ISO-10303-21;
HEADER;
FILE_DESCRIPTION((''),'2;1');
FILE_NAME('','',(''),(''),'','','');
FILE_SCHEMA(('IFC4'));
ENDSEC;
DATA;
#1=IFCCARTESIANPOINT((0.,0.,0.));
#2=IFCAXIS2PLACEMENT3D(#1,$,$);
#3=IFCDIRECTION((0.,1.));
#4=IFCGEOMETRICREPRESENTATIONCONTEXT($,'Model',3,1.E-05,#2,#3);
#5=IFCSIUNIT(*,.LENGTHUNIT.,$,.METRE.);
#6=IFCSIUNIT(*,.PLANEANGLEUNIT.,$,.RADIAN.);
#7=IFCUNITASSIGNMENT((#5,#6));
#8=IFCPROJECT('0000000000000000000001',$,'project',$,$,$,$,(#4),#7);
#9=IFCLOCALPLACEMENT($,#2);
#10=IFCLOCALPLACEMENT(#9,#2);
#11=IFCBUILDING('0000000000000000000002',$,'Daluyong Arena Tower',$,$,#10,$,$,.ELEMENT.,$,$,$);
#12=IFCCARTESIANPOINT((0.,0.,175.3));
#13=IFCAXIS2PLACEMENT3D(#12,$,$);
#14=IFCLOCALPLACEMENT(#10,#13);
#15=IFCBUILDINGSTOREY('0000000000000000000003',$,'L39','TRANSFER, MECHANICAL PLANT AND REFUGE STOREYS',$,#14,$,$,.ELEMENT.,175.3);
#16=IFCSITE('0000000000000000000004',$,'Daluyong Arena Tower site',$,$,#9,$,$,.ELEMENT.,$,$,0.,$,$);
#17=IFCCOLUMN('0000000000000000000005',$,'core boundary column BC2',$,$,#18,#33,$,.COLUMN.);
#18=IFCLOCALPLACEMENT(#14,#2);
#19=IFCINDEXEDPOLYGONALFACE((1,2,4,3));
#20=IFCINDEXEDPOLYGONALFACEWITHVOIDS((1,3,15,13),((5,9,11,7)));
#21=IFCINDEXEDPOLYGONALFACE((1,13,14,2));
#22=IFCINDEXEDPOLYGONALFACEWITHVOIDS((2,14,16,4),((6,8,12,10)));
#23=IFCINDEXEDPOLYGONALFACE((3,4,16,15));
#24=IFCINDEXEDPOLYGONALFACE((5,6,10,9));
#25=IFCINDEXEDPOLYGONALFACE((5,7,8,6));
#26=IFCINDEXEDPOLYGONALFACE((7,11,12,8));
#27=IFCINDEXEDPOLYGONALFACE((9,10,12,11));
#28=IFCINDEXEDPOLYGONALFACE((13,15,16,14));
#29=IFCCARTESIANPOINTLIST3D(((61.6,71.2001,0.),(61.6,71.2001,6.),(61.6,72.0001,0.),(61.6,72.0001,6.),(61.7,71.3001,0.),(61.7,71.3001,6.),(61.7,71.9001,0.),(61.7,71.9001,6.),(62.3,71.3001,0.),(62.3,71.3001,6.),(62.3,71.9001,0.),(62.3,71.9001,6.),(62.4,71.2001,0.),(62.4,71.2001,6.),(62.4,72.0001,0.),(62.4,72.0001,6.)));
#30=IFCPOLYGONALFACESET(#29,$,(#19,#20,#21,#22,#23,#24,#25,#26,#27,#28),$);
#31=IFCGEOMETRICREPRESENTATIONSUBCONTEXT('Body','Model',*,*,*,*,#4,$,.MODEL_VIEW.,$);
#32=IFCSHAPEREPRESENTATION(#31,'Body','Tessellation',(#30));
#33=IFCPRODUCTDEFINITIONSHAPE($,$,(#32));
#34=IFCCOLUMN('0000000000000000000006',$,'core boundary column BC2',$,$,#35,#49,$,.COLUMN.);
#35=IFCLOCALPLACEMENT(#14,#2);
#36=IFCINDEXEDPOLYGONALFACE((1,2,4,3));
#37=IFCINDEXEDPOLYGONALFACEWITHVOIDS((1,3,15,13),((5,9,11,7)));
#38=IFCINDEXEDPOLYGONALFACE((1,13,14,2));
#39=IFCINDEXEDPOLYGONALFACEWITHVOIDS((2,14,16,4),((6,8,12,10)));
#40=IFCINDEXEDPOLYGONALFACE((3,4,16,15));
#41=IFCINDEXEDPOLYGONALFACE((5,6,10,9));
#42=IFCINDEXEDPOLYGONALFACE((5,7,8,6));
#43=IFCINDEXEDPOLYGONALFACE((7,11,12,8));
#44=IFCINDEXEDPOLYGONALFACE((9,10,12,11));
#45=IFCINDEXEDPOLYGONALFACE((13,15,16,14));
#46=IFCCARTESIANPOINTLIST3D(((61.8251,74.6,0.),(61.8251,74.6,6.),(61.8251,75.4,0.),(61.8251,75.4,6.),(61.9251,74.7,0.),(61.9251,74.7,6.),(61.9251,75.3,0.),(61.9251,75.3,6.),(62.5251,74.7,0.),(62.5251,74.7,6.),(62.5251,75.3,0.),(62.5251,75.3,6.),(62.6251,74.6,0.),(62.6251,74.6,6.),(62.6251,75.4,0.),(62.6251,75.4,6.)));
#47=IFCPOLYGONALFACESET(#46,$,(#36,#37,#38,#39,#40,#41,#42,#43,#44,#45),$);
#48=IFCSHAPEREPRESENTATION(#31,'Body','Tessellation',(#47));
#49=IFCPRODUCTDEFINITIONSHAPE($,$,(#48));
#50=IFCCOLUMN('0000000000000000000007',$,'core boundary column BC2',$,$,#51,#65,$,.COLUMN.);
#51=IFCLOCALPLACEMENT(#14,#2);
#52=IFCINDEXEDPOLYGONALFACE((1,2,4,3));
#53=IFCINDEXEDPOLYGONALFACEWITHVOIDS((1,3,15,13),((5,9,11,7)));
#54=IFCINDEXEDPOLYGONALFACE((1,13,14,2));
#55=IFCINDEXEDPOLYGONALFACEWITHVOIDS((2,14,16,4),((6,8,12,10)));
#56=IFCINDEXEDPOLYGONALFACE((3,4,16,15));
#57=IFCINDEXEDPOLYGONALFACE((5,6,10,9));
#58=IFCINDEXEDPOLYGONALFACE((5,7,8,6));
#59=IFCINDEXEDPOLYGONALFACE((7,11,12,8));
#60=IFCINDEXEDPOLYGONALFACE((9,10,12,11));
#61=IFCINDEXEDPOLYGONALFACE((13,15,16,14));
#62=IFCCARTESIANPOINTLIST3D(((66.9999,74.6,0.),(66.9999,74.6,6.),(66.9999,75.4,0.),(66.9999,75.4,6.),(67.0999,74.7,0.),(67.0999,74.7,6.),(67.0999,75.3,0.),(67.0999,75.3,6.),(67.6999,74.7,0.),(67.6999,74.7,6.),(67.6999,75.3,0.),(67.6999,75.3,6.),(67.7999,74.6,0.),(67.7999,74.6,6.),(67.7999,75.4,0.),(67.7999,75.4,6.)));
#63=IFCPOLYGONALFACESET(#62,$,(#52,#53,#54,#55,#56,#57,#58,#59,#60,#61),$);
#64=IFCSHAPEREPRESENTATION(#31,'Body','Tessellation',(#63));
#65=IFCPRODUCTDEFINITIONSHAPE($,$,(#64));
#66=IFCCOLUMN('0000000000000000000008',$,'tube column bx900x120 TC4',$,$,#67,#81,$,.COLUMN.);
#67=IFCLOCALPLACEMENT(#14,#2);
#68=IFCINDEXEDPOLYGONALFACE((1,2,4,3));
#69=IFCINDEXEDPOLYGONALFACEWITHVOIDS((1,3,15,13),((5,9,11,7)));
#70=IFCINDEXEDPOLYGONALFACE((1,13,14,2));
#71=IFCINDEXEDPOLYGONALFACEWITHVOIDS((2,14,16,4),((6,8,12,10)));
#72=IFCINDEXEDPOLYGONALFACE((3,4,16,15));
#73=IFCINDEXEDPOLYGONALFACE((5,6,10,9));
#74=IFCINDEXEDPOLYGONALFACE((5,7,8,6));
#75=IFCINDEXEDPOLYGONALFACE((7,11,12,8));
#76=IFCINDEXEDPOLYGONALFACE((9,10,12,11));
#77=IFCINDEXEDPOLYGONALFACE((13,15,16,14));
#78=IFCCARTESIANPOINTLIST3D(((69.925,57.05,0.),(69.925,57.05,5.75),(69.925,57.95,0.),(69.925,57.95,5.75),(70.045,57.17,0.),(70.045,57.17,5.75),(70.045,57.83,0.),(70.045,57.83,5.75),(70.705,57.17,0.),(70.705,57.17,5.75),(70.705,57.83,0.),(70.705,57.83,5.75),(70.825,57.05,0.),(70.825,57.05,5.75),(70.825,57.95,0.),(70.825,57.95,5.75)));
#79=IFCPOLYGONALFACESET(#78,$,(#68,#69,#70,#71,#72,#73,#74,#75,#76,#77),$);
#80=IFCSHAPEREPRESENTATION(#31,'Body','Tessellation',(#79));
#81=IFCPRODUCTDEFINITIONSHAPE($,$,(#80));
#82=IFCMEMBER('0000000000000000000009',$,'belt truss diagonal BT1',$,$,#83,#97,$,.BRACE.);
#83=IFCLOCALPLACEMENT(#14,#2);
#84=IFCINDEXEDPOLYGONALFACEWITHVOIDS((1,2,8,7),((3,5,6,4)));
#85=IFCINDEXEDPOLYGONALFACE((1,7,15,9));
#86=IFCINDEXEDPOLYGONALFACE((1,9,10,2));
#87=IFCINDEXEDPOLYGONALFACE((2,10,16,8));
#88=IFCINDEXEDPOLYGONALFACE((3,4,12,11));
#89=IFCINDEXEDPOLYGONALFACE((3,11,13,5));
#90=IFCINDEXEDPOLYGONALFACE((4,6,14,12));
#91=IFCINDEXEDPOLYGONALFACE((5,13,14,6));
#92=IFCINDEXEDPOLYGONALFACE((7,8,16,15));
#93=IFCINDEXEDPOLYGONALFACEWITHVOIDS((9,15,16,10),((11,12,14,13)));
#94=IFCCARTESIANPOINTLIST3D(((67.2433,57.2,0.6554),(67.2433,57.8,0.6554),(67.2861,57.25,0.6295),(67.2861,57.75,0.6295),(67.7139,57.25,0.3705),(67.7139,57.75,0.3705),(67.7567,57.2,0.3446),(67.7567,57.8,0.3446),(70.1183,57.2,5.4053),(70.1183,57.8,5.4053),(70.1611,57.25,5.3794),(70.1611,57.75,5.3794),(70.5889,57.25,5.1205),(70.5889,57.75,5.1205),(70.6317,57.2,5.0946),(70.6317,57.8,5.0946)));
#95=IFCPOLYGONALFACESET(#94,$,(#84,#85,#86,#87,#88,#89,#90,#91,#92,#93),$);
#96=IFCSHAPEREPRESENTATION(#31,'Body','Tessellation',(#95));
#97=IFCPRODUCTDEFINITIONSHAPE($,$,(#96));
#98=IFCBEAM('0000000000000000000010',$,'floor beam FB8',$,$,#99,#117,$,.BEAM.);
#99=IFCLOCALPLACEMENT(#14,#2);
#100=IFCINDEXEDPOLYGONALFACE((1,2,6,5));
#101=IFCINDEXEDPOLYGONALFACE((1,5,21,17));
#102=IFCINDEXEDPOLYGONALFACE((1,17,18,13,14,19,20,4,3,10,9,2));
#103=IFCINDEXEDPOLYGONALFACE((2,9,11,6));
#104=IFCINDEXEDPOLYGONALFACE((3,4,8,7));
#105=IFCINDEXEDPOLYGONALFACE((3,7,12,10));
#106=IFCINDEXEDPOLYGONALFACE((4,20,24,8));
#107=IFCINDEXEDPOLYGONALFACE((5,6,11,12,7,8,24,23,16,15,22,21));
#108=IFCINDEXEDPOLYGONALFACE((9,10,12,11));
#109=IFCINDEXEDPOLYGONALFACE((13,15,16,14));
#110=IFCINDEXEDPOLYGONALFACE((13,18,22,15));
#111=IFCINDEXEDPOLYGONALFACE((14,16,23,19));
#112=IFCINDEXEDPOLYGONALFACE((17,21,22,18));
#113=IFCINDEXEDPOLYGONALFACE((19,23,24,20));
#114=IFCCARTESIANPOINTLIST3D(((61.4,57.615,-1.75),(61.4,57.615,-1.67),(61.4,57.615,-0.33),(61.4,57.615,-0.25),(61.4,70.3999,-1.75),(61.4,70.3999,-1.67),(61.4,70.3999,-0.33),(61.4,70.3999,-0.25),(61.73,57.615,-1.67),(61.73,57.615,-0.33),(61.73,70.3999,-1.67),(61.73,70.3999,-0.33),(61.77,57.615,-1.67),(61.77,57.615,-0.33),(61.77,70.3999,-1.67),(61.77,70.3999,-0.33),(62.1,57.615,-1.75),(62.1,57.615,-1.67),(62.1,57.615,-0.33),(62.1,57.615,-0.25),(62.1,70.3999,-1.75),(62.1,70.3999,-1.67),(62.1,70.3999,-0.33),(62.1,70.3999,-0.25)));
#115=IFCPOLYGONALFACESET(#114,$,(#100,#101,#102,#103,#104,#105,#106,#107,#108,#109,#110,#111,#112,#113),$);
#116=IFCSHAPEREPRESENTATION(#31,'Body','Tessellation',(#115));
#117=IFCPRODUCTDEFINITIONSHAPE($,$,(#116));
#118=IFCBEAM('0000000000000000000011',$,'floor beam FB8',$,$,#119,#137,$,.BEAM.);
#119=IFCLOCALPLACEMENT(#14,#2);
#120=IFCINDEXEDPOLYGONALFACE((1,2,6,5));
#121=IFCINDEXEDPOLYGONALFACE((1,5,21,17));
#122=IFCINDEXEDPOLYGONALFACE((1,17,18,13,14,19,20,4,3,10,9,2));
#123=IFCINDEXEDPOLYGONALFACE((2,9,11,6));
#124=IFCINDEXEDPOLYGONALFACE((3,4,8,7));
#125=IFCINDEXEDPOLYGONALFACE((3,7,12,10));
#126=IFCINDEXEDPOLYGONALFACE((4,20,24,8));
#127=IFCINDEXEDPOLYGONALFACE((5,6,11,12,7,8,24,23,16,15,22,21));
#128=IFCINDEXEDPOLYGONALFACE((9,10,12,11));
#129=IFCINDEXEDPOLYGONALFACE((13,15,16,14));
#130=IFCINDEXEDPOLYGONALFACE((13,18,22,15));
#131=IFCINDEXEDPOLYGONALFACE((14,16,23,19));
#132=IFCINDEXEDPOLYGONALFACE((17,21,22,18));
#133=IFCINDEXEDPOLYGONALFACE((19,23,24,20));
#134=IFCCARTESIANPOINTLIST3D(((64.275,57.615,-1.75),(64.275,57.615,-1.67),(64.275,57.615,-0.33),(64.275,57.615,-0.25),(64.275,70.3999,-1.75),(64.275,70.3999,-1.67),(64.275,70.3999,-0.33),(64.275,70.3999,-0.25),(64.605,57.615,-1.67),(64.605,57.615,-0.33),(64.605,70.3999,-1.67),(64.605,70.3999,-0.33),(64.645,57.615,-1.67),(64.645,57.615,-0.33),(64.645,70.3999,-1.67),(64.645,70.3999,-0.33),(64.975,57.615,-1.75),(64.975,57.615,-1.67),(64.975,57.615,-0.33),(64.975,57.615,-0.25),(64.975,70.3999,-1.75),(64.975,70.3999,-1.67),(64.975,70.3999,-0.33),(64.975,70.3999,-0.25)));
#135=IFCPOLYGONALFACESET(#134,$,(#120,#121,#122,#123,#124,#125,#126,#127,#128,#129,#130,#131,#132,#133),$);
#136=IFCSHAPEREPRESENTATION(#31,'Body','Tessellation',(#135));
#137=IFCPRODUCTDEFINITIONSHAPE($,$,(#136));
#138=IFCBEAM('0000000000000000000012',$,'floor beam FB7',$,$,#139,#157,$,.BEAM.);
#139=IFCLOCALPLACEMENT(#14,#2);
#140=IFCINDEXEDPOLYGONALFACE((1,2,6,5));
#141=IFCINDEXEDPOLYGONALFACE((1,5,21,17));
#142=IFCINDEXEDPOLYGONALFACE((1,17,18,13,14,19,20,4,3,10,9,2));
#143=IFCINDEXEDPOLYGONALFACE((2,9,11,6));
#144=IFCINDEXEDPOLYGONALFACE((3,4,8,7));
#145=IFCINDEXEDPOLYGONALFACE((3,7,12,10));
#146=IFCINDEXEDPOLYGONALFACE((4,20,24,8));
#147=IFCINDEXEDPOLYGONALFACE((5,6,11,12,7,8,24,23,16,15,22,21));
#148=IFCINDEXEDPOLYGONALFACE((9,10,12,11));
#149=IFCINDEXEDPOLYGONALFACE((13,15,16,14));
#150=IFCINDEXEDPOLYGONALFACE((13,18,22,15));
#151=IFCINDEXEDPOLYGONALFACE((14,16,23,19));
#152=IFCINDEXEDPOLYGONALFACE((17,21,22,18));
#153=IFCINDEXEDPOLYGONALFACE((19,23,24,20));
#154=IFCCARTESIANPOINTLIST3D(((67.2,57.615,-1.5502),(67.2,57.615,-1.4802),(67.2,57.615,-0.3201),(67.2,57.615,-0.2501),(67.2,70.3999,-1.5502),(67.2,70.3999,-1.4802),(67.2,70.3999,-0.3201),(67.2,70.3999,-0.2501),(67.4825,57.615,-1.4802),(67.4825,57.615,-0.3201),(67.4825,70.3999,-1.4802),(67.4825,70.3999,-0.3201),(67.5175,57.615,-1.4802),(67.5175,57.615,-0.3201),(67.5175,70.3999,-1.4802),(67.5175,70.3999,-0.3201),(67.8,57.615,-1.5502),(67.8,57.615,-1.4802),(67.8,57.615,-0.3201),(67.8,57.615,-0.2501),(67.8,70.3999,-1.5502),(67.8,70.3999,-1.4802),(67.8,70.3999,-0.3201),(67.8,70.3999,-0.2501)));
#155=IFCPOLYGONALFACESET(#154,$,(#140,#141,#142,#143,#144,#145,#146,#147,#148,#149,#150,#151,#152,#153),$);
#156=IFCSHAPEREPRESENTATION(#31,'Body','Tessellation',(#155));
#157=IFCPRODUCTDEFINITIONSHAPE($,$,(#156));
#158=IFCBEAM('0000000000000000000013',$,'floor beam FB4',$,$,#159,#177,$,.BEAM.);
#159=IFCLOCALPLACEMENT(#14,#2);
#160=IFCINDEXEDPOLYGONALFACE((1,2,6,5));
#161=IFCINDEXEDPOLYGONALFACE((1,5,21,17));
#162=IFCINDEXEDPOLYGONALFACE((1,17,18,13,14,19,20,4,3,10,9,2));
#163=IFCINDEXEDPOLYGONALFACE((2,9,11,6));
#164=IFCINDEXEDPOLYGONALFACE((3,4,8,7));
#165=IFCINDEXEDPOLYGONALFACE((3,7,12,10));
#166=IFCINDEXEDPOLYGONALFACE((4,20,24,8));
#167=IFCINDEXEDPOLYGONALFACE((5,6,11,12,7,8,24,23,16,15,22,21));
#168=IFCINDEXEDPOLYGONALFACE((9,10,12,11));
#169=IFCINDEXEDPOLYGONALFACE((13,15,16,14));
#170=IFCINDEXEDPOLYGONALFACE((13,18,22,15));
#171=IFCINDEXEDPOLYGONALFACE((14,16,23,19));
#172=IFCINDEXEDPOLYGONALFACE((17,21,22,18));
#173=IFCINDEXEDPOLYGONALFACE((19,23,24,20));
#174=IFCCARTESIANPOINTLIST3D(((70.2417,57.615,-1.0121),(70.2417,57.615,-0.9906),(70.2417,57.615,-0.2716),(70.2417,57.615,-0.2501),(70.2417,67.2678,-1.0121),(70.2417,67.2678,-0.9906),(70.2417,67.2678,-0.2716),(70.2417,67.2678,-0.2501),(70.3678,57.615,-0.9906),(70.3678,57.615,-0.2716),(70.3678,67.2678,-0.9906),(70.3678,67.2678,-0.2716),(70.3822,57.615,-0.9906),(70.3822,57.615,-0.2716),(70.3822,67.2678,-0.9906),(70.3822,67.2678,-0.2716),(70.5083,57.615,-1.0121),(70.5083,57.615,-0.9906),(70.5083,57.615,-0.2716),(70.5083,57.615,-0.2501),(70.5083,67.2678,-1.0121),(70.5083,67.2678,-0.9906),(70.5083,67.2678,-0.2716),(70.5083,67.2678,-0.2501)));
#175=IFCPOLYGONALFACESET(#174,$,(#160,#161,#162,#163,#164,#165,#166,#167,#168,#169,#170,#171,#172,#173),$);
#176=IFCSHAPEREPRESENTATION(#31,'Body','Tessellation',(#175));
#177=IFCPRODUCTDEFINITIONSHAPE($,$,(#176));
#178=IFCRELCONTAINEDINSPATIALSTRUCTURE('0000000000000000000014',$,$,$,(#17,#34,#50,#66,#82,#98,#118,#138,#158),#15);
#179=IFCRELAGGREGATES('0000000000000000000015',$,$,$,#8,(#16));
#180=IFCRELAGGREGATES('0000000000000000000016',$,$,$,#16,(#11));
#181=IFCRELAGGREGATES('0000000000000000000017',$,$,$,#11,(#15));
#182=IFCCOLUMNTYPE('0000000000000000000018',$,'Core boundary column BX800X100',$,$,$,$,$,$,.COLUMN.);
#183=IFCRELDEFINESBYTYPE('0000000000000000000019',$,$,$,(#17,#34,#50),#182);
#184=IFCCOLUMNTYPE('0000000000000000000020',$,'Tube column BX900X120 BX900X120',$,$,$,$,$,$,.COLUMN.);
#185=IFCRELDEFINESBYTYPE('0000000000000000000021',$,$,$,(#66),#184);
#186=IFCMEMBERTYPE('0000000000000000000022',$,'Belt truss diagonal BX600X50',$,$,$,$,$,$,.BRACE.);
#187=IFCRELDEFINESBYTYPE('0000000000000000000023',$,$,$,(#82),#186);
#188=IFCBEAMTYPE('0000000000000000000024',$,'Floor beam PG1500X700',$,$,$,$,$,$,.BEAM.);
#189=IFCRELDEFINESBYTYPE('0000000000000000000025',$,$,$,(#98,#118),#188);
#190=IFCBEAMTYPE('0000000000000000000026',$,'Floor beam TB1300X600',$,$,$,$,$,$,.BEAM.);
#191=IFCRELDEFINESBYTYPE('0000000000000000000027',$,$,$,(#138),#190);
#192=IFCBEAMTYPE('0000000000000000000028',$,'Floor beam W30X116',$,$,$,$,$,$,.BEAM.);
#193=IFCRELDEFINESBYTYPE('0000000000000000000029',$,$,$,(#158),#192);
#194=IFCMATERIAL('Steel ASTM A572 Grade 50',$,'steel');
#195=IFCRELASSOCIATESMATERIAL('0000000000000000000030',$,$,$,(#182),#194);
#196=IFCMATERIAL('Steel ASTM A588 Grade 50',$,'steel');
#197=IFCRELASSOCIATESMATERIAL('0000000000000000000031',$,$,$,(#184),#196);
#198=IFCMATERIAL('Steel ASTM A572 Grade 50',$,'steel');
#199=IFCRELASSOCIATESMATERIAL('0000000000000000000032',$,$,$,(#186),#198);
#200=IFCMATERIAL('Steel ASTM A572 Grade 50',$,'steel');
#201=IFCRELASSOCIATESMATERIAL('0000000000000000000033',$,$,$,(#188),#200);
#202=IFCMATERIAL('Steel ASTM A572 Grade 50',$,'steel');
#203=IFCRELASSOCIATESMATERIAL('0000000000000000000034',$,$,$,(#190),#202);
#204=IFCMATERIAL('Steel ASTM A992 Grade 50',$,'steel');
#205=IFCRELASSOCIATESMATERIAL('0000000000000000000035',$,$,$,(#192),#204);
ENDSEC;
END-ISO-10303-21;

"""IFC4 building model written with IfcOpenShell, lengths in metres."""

from ifc_helpers import new_model, si_unit, direction, frame, origin, origin_2d, place, context, subcontext, project, spatial, hollow_rectangle, i_section, extrude, material, material_profile, profile_set, type_object, element, save


model = new_model("IFC4")

# Units and contexts
model_context = context("Model", 3, precision=1e-05, world=origin(), true_north=direction((0.0, 1.0)))
body_context = subcontext(model_context, "Body", "Model", "MODEL_VIEW")
ifc_project = project(units=[si_unit("LENGTHUNIT", "METRE"), si_unit("PLANEANGLEUNIT", "RADIAN")], contexts=[model_context])

# Site, building, storey
site_placement = place(None, origin())
site = spatial("IfcSite", under=ifc_project, at=site_placement, Name="Daluyong Arena Tower site", CompositionType="ELEMENT", RefElevation=0.0)
building_placement = place(site_placement, origin())
building = spatial("IfcBuilding", under=site, at=building_placement, Name="Daluyong Arena Tower", CompositionType="ELEMENT")
storey_placement = place(building_placement, frame((0.0, 0.0, 175.3)))
storey = spatial("IfcBuildingStorey", under=building, at=storey_placement, Name="L39", Description="TRANSFER, MECHANICAL PLANT AND REFUGE STOREYS", CompositionType="ELEMENT", Elevation=175.3)

# Columns
ifc_material_1 = material(Name="Steel ASTM A572 Grade 50", Category="steel")
ifc_material_profile_1 = material_profile(ifc_material_1, hollow_rectangle(XDim=0.8, YDim=0.8, WallThickness=0.1, at=origin_2d()))
ifc_profile_set_1 = profile_set([ifc_material_profile_1], Name="Steel ASTM A572 Grade 50")
column_type_1 = type_object("IfcColumnType", Name="Core boundary column BX800X100", PredefinedType="COLUMN", material=ifc_profile_set_1)
for number, where, z_axis, x_axis, name in (
    (1, (62.0, 71.6001, 0.0), (0.0, 0.0, 1.0), (1.0, 0.0, 0.0), "core boundary column BC2"),
    (2, (62.2251, 75.0, 0.0), (0.0, 0.0, 1.0), (1.0, 0.0, 0.0), "core boundary column BC2"),
    (3, (67.3999, 75.0, 0.0), (0.0, 0.0, 1.0), (1.0, 0.0, 0.0), "core boundary column BC2"),
):
    element("IfcColumn", number, at=place(storey_placement, frame(where, z_axis=z_axis, x_axis=x_axis)), inside=storey, type_object=column_type_1, Name=name, PredefinedType="COLUMN", context=body_context, shape_type="SweptSolid", body=[
        extrude(hollow_rectangle(XDim=0.8, YDim=0.8, WallThickness=0.1, at=origin_2d()), origin(), (0.0, 0.0, 1.0), 6.0),
    ])
ifc_material_2 = material(Name="Steel ASTM A588 Grade 50", Category="steel")
ifc_material_profile_2 = material_profile(ifc_material_2, hollow_rectangle(XDim=0.8999, YDim=0.8999, WallThickness=0.12, at=origin_2d()))
ifc_profile_set_2 = profile_set([ifc_material_profile_2], Name="Steel ASTM A588 Grade 50")
column_type_2 = type_object("IfcColumnType", Name="Tube column BX900X120 BX900X120", PredefinedType="COLUMN", material=ifc_profile_set_2)
column_placement = place(storey_placement, frame((70.375, 57.5, 0.0), z_axis=(0.0, 0.0, 1.0), x_axis=(1.0, 0.0, 0.0)))
element("IfcColumn", 4, at=column_placement, inside=storey, type_object=column_type_2, Name="tube column bx900x120 TC4", PredefinedType="COLUMN", context=body_context, shape_type="SweptSolid", body=[
    extrude(hollow_rectangle(XDim=0.8999, YDim=0.8999, WallThickness=0.12, at=origin_2d()), origin(), (0.0, 0.0, 1.0), 5.75),
])

# Member
ifc_material_3 = material(Name="Steel ASTM A572 Grade 50", Category="steel")
ifc_material_profile_3 = material_profile(ifc_material_3, hollow_rectangle(XDim=0.6001, YDim=0.6001, WallThickness=0.05, at=origin_2d()))
ifc_profile_set_3 = profile_set([ifc_material_profile_3], Name="Steel ASTM A572 Grade 50")
member_type_1 = type_object("IfcMemberType", Name="Belt truss diagonal BX600X50", PredefinedType="BRACE", material=ifc_profile_set_3)
member_1_placement = place(storey_placement, frame((67.5, 57.5, 0.5), z_axis=(0.517803, 0.0, 0.8555), x_axis=(0.0, 1.0, 0.0)))
element("IfcMember", 5, at=member_1_placement, inside=storey, type_object=member_type_1, Name="belt truss diagonal BT1", PredefinedType="BRACE", context=body_context, shape_type="SweptSolid", body=[
    extrude(hollow_rectangle(XDim=0.6001, YDim=0.6001, WallThickness=0.05, at=origin_2d()), origin(), (0.0, 0.0, 1.0), 5.5522),
])

# Beams
ifc_material_4 = material(Name="Steel ASTM A572 Grade 50", Category="steel")
ifc_material_profile_4 = material_profile(ifc_material_4, i_section(OverallWidth=0.7, OverallDepth=1.5, WebThickness=0.04, FlangeThickness=0.08, at=origin_2d()))
ifc_profile_set_4 = profile_set([ifc_material_profile_4], Name="Steel ASTM A572 Grade 50")
beam_type_1 = type_object("IfcBeamType", Name="Floor beam PG1500X700", PredefinedType="BEAM", material=ifc_profile_set_4)
for number, where, z_axis, x_axis, name in (
    (6, (61.75, 57.615, -1.0), (0.0, 1.0, 0.0), (-1.0, 0.0, 0.0), "floor beam FB8"),
    (7, (64.625, 57.615, -1.0), (0.0, 1.0, 0.0), (-1.0, 0.0, 0.0), "floor beam FB8"),
):
    element("IfcBeam", number, at=place(storey_placement, frame(where, z_axis=z_axis, x_axis=x_axis)), inside=storey, type_object=beam_type_1, Name=name, PredefinedType="BEAM", context=body_context, shape_type="SweptSolid", body=[
        extrude(i_section(OverallWidth=0.7, OverallDepth=1.5, WebThickness=0.04, FlangeThickness=0.08, at=origin_2d()), origin(), (0.0, 0.0, 1.0), 12.7849),
    ])
ifc_material_5 = material(Name="Steel ASTM A572 Grade 50", Category="steel")
ifc_material_profile_5 = material_profile(ifc_material_5, i_section(OverallWidth=0.6001, OverallDepth=1.3, WebThickness=0.035, FlangeThickness=0.07, at=origin_2d()))
ifc_profile_set_5 = profile_set([ifc_material_profile_5], Name="Steel ASTM A572 Grade 50")
beam_type_2 = type_object("IfcBeamType", Name="Floor beam TB1300X600", PredefinedType="BEAM", material=ifc_profile_set_5)
beam_1_placement = place(storey_placement, frame((67.5, 57.615, -0.9001), z_axis=(0.0, 1.0, 0.0), x_axis=(-1.0, 0.0, 0.0)))
element("IfcBeam", 8, at=beam_1_placement, inside=storey, type_object=beam_type_2, Name="floor beam FB7", PredefinedType="BEAM", context=body_context, shape_type="SweptSolid", body=[
    extrude(i_section(OverallWidth=0.6001, OverallDepth=1.3, WebThickness=0.035, FlangeThickness=0.07, at=origin_2d()), origin(), (0.0, 0.0, 1.0), 12.7849),
])
ifc_material_6 = material(Name="Steel ASTM A992 Grade 50", Category="steel")
ifc_material_profile_6 = material_profile(ifc_material_6, i_section(OverallWidth=0.2666, OverallDepth=0.762, WebThickness=0.0144, FlangeThickness=0.0215, at=origin_2d()))
ifc_profile_set_6 = profile_set([ifc_material_profile_6], Name="Steel ASTM A992 Grade 50")
beam_type_3 = type_object("IfcBeamType", Name="Floor beam W30X116", PredefinedType="BEAM", material=ifc_profile_set_6)
beam_2_placement = place(storey_placement, frame((70.375, 57.615, -0.6311), z_axis=(0.0, 1.0, 0.0), x_axis=(-1.0, 0.0, 0.0)))
element("IfcBeam", 9, at=beam_2_placement, inside=storey, type_object=beam_type_3, Name="floor beam FB4", PredefinedType="BEAM", context=body_context, shape_type="SweptSolid", body=[
    extrude(i_section(OverallWidth=0.2666, OverallDepth=0.762, WebThickness=0.0144, FlangeThickness=0.0215, at=origin_2d()), origin(), (0.0, 0.0, 1.0), 9.6528),
])

save(model, "model.ifc")
